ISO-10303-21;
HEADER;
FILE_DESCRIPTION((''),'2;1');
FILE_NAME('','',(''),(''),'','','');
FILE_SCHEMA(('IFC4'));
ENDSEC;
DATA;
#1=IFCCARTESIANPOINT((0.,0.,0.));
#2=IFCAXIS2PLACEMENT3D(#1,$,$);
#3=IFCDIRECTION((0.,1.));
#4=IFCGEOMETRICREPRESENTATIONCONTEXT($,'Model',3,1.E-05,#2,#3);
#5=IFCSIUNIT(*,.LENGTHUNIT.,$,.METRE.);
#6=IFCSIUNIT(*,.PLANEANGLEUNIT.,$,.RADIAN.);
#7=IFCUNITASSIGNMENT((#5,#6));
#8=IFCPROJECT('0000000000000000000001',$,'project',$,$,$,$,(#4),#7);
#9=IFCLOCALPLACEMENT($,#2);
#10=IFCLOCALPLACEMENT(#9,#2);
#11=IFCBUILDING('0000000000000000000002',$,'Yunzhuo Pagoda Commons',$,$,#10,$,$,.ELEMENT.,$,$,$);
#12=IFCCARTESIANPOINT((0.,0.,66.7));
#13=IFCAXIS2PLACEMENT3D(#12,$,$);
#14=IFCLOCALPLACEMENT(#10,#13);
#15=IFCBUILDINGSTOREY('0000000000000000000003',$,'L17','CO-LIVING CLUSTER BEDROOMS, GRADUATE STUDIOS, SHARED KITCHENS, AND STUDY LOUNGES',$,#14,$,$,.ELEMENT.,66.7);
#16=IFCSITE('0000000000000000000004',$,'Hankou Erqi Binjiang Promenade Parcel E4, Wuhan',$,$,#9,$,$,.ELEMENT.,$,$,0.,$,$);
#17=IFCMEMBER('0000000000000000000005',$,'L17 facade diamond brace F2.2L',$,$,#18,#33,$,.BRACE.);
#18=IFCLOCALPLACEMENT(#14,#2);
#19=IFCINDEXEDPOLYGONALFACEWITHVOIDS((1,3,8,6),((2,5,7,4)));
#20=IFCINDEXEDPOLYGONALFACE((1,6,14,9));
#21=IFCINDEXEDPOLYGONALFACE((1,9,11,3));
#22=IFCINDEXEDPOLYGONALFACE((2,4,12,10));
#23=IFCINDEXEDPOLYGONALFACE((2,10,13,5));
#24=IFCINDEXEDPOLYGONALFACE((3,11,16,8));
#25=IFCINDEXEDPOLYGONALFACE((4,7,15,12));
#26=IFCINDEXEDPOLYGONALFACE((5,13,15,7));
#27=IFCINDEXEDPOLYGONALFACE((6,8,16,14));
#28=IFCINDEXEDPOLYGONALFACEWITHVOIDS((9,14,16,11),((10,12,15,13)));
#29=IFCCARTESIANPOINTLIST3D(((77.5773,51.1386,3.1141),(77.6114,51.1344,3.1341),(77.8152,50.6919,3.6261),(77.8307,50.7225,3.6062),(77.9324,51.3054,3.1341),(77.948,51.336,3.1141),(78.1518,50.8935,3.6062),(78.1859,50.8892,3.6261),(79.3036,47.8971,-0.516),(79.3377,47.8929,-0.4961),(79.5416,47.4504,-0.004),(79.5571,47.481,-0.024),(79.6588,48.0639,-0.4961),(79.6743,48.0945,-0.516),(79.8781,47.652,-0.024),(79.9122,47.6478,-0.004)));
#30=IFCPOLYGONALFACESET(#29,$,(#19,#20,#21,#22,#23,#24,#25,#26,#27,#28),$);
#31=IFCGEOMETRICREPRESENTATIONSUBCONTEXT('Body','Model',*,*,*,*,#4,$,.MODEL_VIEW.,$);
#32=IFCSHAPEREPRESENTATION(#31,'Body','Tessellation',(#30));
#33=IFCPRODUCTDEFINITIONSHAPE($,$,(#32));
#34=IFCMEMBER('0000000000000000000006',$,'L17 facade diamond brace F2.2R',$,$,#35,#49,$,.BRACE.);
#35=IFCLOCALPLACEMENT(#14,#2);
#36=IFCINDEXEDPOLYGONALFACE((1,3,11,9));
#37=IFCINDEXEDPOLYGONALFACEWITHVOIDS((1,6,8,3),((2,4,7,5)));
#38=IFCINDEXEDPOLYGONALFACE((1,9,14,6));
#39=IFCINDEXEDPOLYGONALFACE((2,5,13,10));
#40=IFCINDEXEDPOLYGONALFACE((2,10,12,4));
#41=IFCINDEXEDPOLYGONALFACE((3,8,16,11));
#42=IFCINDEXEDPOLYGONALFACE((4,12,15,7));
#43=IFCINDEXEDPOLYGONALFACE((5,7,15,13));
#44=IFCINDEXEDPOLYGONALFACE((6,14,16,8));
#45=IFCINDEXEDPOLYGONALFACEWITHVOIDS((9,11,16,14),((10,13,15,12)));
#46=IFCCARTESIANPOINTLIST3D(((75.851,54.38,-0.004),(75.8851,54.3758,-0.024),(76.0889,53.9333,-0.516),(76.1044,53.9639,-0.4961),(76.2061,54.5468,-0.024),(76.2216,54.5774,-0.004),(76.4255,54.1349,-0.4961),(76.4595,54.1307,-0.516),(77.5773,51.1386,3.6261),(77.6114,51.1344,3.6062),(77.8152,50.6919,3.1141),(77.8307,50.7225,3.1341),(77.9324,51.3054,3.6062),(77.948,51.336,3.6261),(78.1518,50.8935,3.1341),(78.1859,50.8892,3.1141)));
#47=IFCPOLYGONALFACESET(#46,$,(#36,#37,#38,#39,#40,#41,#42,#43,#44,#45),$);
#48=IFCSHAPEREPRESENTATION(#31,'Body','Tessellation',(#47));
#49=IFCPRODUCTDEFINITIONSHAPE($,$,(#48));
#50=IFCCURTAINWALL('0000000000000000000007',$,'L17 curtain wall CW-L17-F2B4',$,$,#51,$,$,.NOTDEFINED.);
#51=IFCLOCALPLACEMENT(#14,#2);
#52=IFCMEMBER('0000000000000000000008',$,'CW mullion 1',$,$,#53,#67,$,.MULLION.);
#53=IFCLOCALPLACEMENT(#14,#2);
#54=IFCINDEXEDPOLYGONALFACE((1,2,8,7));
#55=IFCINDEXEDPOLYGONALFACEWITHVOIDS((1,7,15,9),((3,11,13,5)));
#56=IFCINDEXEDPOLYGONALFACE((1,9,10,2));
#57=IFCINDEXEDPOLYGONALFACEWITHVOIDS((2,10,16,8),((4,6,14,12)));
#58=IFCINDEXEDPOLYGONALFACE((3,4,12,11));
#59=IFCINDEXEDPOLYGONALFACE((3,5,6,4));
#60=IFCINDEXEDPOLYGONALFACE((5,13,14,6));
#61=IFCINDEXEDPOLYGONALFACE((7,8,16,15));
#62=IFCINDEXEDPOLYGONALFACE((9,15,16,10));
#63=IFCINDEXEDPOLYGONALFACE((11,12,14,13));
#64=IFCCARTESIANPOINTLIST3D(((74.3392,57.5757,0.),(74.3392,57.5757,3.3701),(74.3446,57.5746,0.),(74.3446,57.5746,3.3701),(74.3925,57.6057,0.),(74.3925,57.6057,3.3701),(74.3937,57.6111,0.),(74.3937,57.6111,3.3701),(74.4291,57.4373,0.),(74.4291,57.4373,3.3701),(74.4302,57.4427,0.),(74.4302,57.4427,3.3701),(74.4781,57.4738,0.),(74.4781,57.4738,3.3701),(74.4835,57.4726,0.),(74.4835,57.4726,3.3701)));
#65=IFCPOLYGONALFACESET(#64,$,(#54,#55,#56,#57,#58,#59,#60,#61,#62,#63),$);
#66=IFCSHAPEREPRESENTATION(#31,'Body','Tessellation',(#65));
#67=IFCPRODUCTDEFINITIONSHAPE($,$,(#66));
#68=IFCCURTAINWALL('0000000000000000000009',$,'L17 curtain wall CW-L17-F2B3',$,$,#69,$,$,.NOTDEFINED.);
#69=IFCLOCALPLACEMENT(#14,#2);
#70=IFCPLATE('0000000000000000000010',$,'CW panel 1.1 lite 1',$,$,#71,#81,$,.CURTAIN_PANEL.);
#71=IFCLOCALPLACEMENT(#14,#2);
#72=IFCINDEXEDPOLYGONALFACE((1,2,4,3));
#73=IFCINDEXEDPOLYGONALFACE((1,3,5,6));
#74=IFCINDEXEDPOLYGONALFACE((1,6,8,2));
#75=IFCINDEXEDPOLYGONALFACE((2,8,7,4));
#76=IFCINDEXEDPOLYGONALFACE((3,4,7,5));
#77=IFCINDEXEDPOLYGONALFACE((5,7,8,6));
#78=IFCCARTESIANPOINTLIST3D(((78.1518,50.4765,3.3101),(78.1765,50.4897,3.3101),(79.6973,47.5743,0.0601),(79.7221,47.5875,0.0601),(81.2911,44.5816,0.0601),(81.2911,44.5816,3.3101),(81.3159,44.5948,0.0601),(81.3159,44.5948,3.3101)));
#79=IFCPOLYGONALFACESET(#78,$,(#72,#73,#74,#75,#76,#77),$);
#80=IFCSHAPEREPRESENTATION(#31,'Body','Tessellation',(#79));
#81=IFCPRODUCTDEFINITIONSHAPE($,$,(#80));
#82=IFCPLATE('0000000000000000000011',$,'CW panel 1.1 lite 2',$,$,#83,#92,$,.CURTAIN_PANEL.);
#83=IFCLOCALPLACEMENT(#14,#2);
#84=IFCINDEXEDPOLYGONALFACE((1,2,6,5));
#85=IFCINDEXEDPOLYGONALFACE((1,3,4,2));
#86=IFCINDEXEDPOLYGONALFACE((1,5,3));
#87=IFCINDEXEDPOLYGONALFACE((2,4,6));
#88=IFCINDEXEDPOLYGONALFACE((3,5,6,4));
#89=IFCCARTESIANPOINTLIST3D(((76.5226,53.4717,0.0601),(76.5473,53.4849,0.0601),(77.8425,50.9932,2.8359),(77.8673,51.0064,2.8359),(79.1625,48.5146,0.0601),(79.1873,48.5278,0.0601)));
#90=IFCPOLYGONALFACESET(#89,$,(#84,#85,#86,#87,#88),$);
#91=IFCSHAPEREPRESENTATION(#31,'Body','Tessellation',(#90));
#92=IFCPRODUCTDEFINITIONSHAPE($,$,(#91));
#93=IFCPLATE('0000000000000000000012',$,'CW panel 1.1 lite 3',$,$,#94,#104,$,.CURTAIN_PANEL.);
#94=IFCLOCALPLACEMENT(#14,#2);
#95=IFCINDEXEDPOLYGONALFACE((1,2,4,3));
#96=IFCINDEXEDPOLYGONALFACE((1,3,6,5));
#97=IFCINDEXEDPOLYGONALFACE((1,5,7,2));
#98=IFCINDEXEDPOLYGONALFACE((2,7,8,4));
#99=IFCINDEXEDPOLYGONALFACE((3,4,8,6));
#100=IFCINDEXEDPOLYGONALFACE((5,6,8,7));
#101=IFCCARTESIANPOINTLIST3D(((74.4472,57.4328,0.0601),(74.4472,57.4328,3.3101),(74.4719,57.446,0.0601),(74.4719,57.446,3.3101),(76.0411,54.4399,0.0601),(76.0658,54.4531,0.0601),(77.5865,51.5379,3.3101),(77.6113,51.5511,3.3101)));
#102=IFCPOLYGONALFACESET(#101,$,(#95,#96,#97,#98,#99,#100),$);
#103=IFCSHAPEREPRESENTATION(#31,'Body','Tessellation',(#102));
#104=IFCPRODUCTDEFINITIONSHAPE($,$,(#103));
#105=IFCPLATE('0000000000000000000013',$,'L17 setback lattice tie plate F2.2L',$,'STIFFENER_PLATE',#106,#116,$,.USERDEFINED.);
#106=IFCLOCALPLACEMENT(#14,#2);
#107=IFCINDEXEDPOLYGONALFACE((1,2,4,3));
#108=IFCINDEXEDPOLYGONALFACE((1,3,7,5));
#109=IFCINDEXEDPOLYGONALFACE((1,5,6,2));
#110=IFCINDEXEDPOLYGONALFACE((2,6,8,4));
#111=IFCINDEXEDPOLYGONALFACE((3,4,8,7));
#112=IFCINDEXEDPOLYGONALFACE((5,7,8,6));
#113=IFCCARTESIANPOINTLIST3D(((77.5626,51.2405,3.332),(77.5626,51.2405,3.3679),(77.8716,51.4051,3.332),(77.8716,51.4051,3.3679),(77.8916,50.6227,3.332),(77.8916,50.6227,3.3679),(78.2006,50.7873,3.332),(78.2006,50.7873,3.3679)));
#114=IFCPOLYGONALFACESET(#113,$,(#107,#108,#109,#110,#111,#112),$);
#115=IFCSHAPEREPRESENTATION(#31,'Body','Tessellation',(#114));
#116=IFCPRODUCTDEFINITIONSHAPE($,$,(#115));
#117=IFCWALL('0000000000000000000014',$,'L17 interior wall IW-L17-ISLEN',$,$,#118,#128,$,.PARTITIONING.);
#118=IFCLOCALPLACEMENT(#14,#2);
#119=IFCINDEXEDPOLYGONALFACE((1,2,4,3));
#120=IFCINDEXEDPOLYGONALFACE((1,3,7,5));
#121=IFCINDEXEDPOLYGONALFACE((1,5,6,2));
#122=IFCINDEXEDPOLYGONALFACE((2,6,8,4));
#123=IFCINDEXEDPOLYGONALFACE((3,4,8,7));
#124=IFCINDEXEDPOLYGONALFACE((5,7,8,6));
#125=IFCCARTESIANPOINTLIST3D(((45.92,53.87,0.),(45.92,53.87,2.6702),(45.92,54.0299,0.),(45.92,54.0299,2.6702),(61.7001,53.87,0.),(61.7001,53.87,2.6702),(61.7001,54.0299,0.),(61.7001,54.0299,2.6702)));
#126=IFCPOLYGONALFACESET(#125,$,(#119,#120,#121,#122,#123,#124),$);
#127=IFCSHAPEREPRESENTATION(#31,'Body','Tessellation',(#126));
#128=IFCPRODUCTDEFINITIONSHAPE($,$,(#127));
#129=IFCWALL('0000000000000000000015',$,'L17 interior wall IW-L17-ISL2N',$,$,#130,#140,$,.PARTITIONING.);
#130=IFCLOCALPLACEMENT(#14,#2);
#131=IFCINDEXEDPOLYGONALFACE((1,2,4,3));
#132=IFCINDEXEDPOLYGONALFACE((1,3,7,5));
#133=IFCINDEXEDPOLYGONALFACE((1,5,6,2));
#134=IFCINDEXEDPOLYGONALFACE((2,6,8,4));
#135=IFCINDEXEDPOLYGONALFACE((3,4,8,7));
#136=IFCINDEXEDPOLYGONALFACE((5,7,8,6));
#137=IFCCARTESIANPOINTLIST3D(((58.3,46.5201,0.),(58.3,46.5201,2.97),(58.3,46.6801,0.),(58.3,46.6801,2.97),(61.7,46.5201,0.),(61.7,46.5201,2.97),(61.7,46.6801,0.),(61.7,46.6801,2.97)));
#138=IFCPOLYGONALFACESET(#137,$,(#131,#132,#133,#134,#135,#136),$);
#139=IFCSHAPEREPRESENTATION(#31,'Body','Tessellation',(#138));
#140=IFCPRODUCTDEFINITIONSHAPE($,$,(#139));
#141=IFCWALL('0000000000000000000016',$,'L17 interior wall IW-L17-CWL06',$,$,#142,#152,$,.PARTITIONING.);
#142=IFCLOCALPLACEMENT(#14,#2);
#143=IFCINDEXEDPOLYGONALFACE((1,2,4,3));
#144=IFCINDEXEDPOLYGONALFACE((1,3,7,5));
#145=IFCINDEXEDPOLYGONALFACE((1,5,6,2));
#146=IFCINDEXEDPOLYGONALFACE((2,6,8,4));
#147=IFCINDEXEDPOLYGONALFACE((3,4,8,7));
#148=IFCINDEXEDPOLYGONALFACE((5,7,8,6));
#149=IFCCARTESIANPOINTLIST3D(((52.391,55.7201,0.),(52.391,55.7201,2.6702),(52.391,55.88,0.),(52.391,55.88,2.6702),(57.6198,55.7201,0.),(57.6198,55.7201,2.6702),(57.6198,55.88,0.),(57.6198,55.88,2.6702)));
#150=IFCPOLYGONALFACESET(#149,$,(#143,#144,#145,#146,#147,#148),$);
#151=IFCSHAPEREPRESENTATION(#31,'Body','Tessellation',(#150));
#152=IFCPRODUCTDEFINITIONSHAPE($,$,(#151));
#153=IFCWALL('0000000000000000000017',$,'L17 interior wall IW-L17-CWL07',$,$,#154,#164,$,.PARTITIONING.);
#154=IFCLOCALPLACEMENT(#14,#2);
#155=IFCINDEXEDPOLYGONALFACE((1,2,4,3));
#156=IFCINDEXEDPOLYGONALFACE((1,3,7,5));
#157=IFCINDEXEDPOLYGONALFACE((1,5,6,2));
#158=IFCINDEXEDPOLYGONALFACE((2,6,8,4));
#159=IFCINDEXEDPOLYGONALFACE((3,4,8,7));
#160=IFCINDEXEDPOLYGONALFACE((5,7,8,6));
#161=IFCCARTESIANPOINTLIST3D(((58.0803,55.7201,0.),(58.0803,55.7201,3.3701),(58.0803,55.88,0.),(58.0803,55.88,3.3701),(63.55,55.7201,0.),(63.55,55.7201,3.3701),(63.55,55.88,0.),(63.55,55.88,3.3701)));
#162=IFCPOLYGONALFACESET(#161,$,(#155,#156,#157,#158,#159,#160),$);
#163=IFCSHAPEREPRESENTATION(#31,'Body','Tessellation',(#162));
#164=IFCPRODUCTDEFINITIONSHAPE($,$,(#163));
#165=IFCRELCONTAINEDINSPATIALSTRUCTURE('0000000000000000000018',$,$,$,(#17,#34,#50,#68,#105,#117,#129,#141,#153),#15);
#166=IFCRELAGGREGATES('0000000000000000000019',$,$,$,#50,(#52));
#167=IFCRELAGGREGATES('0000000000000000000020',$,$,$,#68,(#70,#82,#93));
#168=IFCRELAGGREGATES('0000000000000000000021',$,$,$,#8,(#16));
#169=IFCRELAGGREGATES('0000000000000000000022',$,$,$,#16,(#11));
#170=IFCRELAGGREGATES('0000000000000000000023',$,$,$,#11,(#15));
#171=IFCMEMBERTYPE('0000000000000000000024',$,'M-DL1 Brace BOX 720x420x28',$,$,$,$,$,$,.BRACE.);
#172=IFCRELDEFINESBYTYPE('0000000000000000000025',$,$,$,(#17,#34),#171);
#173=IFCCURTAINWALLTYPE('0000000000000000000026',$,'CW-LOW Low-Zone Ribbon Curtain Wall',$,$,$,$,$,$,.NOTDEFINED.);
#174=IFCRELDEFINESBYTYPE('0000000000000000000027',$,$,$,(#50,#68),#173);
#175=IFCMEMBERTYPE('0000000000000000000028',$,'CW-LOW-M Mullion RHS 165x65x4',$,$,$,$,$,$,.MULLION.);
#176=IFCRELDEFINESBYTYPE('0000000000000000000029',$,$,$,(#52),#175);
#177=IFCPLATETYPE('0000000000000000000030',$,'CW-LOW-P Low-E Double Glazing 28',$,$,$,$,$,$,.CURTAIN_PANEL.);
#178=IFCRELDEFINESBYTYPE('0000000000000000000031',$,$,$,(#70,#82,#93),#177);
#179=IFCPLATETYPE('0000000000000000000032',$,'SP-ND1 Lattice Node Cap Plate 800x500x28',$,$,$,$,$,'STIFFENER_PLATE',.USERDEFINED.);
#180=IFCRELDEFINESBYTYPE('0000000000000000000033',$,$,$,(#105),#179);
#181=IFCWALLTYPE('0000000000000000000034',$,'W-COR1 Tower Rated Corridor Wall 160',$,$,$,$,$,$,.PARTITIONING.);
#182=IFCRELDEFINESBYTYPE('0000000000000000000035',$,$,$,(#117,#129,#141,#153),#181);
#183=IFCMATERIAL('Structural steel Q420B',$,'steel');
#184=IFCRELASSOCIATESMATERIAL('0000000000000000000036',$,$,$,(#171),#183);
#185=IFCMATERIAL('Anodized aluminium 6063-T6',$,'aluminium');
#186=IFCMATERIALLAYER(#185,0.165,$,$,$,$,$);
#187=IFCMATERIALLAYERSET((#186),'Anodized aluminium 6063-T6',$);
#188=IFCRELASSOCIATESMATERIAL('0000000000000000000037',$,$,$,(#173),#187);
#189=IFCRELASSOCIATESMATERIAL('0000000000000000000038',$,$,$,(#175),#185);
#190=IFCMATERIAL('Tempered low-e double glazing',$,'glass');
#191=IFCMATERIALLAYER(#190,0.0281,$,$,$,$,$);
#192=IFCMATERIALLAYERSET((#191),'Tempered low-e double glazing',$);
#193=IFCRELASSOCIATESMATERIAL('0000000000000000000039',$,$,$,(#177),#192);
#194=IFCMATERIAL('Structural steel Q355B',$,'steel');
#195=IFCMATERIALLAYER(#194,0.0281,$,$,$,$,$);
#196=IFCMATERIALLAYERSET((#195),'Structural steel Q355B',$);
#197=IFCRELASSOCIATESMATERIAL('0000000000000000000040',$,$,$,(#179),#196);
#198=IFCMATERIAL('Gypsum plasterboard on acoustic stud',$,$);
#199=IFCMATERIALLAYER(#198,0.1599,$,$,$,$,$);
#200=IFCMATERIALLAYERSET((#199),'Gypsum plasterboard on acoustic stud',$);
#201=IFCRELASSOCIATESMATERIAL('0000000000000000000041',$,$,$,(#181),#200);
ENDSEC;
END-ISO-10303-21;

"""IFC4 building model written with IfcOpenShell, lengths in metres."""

from ifc_helpers import new_model, si_unit, direction, frame, frame_2d, origin, origin_2d, place, context, subcontext, project, spatial, polyline, rectangle, hollow_rectangle, outline, extrude, source, transform, mapped, material, layer, layer_set, material_profile, profile_set, type_object, element, aggregate, save


model = new_model("IFC4")

# Units and contexts
model_context = context("Model", 3, precision=1e-05, world=origin(), true_north=direction((0.0, 1.0)))
body_context = subcontext(model_context, "Body", "Model", "MODEL_VIEW")
ifc_project = project(units=[si_unit("LENGTHUNIT", "METRE"), si_unit("PLANEANGLEUNIT", "RADIAN")], contexts=[model_context])

# Site, building, storey
site_placement = place(None, origin())
site = spatial("IfcSite", under=ifc_project, at=site_placement, Name="Hankou Erqi Binjiang Promenade Parcel E4, Wuhan", CompositionType="ELEMENT", RefElevation=0.0)
building_placement = place(site_placement, origin())
building = spatial("IfcBuilding", under=site, at=building_placement, Name="Yunzhuo Pagoda Commons", CompositionType="ELEMENT")
storey_placement = place(building_placement, frame((0.0, 0.0, 66.7)))
storey = spatial("IfcBuildingStorey", under=building, at=storey_placement, Name="L17", Description="CO-LIVING CLUSTER BEDROOMS, GRADUATE STUDIOS, SHARED KITCHENS, AND STUDY LOUNGES", CompositionType="ELEMENT", Elevation=66.7)

# Shared definitions
ifc_material_1 = material(Name="Structural steel Q420B", Category="steel")

# Shared definitions
ifc_material_2 = material(Name="Structural steel Q355B", Category="steel")

# Members
ifc_material_profile_1 = material_profile(ifc_material_1, hollow_rectangle(XDim=0.4199, YDim=0.72, WallThickness=0.0281, at=origin_2d()), Name="Structural steel Q420B")
ifc_profile_set_1 = profile_set([ifc_material_profile_1], Name="Structural steel Q420B")
member_type_1 = type_object("IfcMemberType", Name="M-DL1 Brace BOX 720x420x28", PredefinedType="BRACE", material=ifc_profile_set_1)
shared_shape_1 = source(origin(), body_context, "Body", "SweptSolid", [
    extrude(hollow_rectangle(XDim=0.4199, YDim=0.72, WallThickness=0.0281, at=origin_2d()), origin(), (0.0, 0.0, 1.0), 5.1638),
])
for number, where, z_axis, x_axis, name in (
    (1, (79.6079, 47.7725, -0.26), (-0.33431, 0.627724, 0.702993), (-0.882631, -0.470067, 0.0), "L17 facade diamond brace F2.2L"),
    (2, (76.1553, 54.2554, -0.26), (0.33431, -0.627724, 0.702993), (0.882631, 0.470067, 0.0), "L17 facade diamond brace F2.2R"),
):
    element("IfcMember", number, at=place(storey_placement, frame(where, z_axis=z_axis, x_axis=x_axis)), inside=storey, type_object=member_type_1, Name=name, PredefinedType="BRACE", context=body_context, shape_type="MappedRepresentation", body=[
        mapped(shared_shape_1, transform((0.0, 0.0, 0.0), scale=1.0)),
    ])

# Curtain wall, member
ifc_material_3 = material(Name="Anodized aluminium 6063-T6", Category="aluminium")
ifc_layer_1 = layer(ifc_material_3, 0.165)
ifc_layer_set_1 = layer_set([ifc_layer_1], Name="Anodized aluminium 6063-T6")
curtain_wall_type = type_object("IfcCurtainWallType", Name="CW-LOW Low-Zone Ribbon Curtain Wall", PredefinedType="NOTDEFINED", material=ifc_layer_set_1)
curtain_wall_1_placement = place(storey_placement, origin())
curtain_wall_1 = element("IfcCurtainWall", 3, at=curtain_wall_1_placement, inside=storey, type_object=curtain_wall_type, Name="L17 curtain wall CW-L17-F2B4", PredefinedType="NOTDEFINED")
ifc_material_profile_2 = material_profile(ifc_material_3, hollow_rectangle(XDim=0.0649, YDim=0.165, WallThickness=0.0039, at=origin_2d()), Name="Anodized aluminium 6063-T6")
ifc_profile_set_2 = profile_set([ifc_material_profile_2], Name="Anodized aluminium 6063-T6")
member_type_2 = type_object("IfcMemberType", Name="CW-LOW-M Mullion RHS 165x65x4", PredefinedType="MULLION", material=ifc_profile_set_2)
shared_shape_2 = source(origin(), body_context, "Body", "SweptSolid", [
    extrude(hollow_rectangle(XDim=0.0649, YDim=0.165, WallThickness=0.0039, at=origin_2d()), origin(), (0.0, 0.0, 1.0), 3.3701),
])
member_placement = place(storey_placement, frame((74.4114, 57.5242, 0.0), z_axis=(0.0, 0.0, 1.0), x_axis=(-0.83884, -0.544378, 0.0)))
member = element("IfcMember", 4, at=member_placement, type_object=member_type_2, Name="CW mullion 1", PredefinedType="MULLION", context=body_context, shape_type="MappedRepresentation", body=[
    mapped(shared_shape_2, transform((0.0, 0.0, 0.0), scale=1.0)),
])
aggregate(curtain_wall_1, [member])

# Curtain wall, plates
curtain_wall_2_placement = place(storey_placement, origin())
curtain_wall_2 = element("IfcCurtainWall", 5, at=curtain_wall_2_placement, inside=storey, type_object=curtain_wall_type, Name="L17 curtain wall CW-L17-F2B3", PredefinedType="NOTDEFINED")
ifc_material_4 = material(Name="Tempered low-e double glazing", Category="glass")
ifc_layer_2 = layer(ifc_material_4, 0.0281)
ifc_layer_set_2 = layer_set([ifc_layer_2], Name="Tempered low-e double glazing")
plate_type_1 = type_object("IfcPlateType", Name="CW-LOW-P Low-E Double Glazing 28", PredefinedType="CURTAIN_PANEL", material=ifc_layer_set_2)
plate_1_placement = place(storey_placement, frame((79.7214, 47.5291, 1.6851), z_axis=(0.882637, 0.470056, 0.0), x_axis=(-0.470056, 0.882637, 0.0)))
plate_1 = element("IfcPlate", 6, at=plate_1_placement, type_object=plate_type_1, Name="CW panel 1.1 lite 1", PredefinedType="CURTAIN_PANEL", context=body_context, shape_type="SweptSolid", body=[
    extrude(outline(polyline([(-3.3394, -1.625), (0.0513, -1.625), (3.3394, 1.625), (-3.3394, 1.625), (-3.3394, -1.625)])), origin(), (0.0, 0.0, 1.0), 0.0281),
])
plate_2_placement = place(storey_placement, frame((77.8425, 50.9932, 1.448), z_axis=(0.882637, 0.470056, 0.0), x_axis=(-0.470056, 0.882637, 0.0)))
plate_2 = element("IfcPlate", 7, at=plate_2_placement, type_object=plate_type_1, Name="CW panel 1.1 lite 2", PredefinedType="CURTAIN_PANEL", context=body_context, shape_type="SweptSolid", body=[
    extrude(outline(polyline([(-2.8081, -1.3879), (2.8081, -1.3879), (0.0, 1.3879), (-2.8081, -1.3879)])), origin(), (0.0, 0.0, 1.0), 0.0281),
])
plate_3_placement = place(storey_placement, frame((76.0168, 54.4854, 1.6851), z_axis=(0.882637, 0.470056, 0.0), x_axis=(-0.470056, 0.882637, 0.0)))
plate_3 = element("IfcPlate", 8, at=plate_3_placement, type_object=plate_type_1, Name="CW panel 1.1 lite 3", PredefinedType="CURTAIN_PANEL", context=body_context, shape_type="SweptSolid", body=[
    extrude(outline(polyline([(-3.3394, 1.625), (-0.0515, -1.625), (3.3394, -1.625), (3.3394, 1.625), (-3.3394, 1.625)])), origin(), (0.0, 0.0, 1.0), 0.0281),
])
aggregate(curtain_wall_2, [plate_1, plate_2, plate_3])

# Plate
ifc_layer_3 = layer(ifc_material_2, 0.0281)
ifc_layer_set_3 = layer_set([ifc_layer_3], Name="Structural steel Q355B")
plate_type_2 = type_object("IfcPlateType", Name="SP-ND1 Lattice Node Cap Plate 800x500x28", ElementType="STIFFENER_PLATE", PredefinedType="USERDEFINED", material=ifc_layer_set_3)
shared_shape_3 = source(origin(), body_context, "Body", "SweptSolid", [
    extrude(rectangle(XDim=0.7, YDim=0.3501, at=origin_2d()), origin(), (0.0, 0.0, 1.0), 0.0359),
])
plate_4_placement = place(storey_placement, frame((77.8816, 51.0139, 3.332), z_axis=(0.0, 0.0, 1.0), x_axis=(-0.470057, 0.882636, 0.0)))
element("IfcPlate", 9, at=plate_4_placement, inside=storey, type_object=plate_type_2, Name="L17 setback lattice tie plate F2.2L", ObjectType="STIFFENER_PLATE", PredefinedType="USERDEFINED", context=body_context, shape_type="MappedRepresentation", body=[
    mapped(shared_shape_3, transform((0.0, 0.0, 0.0), scale=1.0)),
])

# Walls
ifc_material_5 = material(Name="Gypsum plasterboard on acoustic stud")
ifc_layer_4 = layer(ifc_material_5, 0.1599)
ifc_layer_set_4 = layer_set([ifc_layer_4], Name="Gypsum plasterboard on acoustic stud")
wall_type_1 = type_object("IfcWallType", Name="W-COR1 Tower Rated Corridor Wall 160", PredefinedType="PARTITIONING", material=ifc_layer_set_4)
wall_1_placement = place(storey_placement, frame((45.9199, 53.95, 0.0), z_axis=(0.0, 0.0, 1.0), x_axis=(1.0, 0.0, 0.0)))
element("IfcWall", 10, at=wall_1_placement, inside=storey, type_object=wall_type_1, Name="L17 interior wall IW-L17-ISLEN", PredefinedType="PARTITIONING", context=body_context, shape_type="SweptSolid", body=[
    extrude(rectangle(XDim=15.78, YDim=0.1599, at=frame_2d((7.8901, 0.0))), origin(), (0.0, 0.0, 1.0), 2.6702),
])
wall_2_placement = place(storey_placement, frame((58.3, 46.6001, 0.0), z_axis=(0.0, 0.0, 1.0), x_axis=(1.0, 0.0, 0.0)))
element("IfcWall", 11, at=wall_2_placement, inside=storey, type_object=wall_type_1, Name="L17 interior wall IW-L17-ISL2N", PredefinedType="PARTITIONING", context=body_context, shape_type="SweptSolid", body=[
    extrude(rectangle(XDim=3.3999, YDim=0.1599, at=frame_2d((1.7, 0.0))), origin(), (0.0, 0.0, 1.0), 2.97),
])
wall_3_placement = place(storey_placement, frame((52.3911, 55.8, 0.0), z_axis=(0.0, 0.0, 1.0), x_axis=(1.0, 0.0, 0.0)))
element("IfcWall", 12, at=wall_3_placement, inside=storey, type_object=wall_type_1, Name="L17 interior wall IW-L17-CWL06", PredefinedType="PARTITIONING", context=body_context, shape_type="SweptSolid", body=[
    extrude(rectangle(XDim=5.2288, YDim=0.1599, at=frame_2d((2.6143, 0.0))), origin(), (0.0, 0.0, 1.0), 2.6702),
])
wall_4_placement = place(storey_placement, frame((58.0803, 55.8, 0.0), z_axis=(0.0, 0.0, 1.0), x_axis=(1.0, 0.0, 0.0)))
element("IfcWall", 13, at=wall_4_placement, inside=storey, type_object=wall_type_1, Name="L17 interior wall IW-L17-CWL07", PredefinedType="PARTITIONING", context=body_context, shape_type="SweptSolid", body=[
    extrude(rectangle(XDim=5.4697, YDim=0.1599, at=frame_2d((2.7349, 0.0))), origin(), (0.0, 0.0, 1.0), 3.3701),
])

save(model, "model.ifc")
